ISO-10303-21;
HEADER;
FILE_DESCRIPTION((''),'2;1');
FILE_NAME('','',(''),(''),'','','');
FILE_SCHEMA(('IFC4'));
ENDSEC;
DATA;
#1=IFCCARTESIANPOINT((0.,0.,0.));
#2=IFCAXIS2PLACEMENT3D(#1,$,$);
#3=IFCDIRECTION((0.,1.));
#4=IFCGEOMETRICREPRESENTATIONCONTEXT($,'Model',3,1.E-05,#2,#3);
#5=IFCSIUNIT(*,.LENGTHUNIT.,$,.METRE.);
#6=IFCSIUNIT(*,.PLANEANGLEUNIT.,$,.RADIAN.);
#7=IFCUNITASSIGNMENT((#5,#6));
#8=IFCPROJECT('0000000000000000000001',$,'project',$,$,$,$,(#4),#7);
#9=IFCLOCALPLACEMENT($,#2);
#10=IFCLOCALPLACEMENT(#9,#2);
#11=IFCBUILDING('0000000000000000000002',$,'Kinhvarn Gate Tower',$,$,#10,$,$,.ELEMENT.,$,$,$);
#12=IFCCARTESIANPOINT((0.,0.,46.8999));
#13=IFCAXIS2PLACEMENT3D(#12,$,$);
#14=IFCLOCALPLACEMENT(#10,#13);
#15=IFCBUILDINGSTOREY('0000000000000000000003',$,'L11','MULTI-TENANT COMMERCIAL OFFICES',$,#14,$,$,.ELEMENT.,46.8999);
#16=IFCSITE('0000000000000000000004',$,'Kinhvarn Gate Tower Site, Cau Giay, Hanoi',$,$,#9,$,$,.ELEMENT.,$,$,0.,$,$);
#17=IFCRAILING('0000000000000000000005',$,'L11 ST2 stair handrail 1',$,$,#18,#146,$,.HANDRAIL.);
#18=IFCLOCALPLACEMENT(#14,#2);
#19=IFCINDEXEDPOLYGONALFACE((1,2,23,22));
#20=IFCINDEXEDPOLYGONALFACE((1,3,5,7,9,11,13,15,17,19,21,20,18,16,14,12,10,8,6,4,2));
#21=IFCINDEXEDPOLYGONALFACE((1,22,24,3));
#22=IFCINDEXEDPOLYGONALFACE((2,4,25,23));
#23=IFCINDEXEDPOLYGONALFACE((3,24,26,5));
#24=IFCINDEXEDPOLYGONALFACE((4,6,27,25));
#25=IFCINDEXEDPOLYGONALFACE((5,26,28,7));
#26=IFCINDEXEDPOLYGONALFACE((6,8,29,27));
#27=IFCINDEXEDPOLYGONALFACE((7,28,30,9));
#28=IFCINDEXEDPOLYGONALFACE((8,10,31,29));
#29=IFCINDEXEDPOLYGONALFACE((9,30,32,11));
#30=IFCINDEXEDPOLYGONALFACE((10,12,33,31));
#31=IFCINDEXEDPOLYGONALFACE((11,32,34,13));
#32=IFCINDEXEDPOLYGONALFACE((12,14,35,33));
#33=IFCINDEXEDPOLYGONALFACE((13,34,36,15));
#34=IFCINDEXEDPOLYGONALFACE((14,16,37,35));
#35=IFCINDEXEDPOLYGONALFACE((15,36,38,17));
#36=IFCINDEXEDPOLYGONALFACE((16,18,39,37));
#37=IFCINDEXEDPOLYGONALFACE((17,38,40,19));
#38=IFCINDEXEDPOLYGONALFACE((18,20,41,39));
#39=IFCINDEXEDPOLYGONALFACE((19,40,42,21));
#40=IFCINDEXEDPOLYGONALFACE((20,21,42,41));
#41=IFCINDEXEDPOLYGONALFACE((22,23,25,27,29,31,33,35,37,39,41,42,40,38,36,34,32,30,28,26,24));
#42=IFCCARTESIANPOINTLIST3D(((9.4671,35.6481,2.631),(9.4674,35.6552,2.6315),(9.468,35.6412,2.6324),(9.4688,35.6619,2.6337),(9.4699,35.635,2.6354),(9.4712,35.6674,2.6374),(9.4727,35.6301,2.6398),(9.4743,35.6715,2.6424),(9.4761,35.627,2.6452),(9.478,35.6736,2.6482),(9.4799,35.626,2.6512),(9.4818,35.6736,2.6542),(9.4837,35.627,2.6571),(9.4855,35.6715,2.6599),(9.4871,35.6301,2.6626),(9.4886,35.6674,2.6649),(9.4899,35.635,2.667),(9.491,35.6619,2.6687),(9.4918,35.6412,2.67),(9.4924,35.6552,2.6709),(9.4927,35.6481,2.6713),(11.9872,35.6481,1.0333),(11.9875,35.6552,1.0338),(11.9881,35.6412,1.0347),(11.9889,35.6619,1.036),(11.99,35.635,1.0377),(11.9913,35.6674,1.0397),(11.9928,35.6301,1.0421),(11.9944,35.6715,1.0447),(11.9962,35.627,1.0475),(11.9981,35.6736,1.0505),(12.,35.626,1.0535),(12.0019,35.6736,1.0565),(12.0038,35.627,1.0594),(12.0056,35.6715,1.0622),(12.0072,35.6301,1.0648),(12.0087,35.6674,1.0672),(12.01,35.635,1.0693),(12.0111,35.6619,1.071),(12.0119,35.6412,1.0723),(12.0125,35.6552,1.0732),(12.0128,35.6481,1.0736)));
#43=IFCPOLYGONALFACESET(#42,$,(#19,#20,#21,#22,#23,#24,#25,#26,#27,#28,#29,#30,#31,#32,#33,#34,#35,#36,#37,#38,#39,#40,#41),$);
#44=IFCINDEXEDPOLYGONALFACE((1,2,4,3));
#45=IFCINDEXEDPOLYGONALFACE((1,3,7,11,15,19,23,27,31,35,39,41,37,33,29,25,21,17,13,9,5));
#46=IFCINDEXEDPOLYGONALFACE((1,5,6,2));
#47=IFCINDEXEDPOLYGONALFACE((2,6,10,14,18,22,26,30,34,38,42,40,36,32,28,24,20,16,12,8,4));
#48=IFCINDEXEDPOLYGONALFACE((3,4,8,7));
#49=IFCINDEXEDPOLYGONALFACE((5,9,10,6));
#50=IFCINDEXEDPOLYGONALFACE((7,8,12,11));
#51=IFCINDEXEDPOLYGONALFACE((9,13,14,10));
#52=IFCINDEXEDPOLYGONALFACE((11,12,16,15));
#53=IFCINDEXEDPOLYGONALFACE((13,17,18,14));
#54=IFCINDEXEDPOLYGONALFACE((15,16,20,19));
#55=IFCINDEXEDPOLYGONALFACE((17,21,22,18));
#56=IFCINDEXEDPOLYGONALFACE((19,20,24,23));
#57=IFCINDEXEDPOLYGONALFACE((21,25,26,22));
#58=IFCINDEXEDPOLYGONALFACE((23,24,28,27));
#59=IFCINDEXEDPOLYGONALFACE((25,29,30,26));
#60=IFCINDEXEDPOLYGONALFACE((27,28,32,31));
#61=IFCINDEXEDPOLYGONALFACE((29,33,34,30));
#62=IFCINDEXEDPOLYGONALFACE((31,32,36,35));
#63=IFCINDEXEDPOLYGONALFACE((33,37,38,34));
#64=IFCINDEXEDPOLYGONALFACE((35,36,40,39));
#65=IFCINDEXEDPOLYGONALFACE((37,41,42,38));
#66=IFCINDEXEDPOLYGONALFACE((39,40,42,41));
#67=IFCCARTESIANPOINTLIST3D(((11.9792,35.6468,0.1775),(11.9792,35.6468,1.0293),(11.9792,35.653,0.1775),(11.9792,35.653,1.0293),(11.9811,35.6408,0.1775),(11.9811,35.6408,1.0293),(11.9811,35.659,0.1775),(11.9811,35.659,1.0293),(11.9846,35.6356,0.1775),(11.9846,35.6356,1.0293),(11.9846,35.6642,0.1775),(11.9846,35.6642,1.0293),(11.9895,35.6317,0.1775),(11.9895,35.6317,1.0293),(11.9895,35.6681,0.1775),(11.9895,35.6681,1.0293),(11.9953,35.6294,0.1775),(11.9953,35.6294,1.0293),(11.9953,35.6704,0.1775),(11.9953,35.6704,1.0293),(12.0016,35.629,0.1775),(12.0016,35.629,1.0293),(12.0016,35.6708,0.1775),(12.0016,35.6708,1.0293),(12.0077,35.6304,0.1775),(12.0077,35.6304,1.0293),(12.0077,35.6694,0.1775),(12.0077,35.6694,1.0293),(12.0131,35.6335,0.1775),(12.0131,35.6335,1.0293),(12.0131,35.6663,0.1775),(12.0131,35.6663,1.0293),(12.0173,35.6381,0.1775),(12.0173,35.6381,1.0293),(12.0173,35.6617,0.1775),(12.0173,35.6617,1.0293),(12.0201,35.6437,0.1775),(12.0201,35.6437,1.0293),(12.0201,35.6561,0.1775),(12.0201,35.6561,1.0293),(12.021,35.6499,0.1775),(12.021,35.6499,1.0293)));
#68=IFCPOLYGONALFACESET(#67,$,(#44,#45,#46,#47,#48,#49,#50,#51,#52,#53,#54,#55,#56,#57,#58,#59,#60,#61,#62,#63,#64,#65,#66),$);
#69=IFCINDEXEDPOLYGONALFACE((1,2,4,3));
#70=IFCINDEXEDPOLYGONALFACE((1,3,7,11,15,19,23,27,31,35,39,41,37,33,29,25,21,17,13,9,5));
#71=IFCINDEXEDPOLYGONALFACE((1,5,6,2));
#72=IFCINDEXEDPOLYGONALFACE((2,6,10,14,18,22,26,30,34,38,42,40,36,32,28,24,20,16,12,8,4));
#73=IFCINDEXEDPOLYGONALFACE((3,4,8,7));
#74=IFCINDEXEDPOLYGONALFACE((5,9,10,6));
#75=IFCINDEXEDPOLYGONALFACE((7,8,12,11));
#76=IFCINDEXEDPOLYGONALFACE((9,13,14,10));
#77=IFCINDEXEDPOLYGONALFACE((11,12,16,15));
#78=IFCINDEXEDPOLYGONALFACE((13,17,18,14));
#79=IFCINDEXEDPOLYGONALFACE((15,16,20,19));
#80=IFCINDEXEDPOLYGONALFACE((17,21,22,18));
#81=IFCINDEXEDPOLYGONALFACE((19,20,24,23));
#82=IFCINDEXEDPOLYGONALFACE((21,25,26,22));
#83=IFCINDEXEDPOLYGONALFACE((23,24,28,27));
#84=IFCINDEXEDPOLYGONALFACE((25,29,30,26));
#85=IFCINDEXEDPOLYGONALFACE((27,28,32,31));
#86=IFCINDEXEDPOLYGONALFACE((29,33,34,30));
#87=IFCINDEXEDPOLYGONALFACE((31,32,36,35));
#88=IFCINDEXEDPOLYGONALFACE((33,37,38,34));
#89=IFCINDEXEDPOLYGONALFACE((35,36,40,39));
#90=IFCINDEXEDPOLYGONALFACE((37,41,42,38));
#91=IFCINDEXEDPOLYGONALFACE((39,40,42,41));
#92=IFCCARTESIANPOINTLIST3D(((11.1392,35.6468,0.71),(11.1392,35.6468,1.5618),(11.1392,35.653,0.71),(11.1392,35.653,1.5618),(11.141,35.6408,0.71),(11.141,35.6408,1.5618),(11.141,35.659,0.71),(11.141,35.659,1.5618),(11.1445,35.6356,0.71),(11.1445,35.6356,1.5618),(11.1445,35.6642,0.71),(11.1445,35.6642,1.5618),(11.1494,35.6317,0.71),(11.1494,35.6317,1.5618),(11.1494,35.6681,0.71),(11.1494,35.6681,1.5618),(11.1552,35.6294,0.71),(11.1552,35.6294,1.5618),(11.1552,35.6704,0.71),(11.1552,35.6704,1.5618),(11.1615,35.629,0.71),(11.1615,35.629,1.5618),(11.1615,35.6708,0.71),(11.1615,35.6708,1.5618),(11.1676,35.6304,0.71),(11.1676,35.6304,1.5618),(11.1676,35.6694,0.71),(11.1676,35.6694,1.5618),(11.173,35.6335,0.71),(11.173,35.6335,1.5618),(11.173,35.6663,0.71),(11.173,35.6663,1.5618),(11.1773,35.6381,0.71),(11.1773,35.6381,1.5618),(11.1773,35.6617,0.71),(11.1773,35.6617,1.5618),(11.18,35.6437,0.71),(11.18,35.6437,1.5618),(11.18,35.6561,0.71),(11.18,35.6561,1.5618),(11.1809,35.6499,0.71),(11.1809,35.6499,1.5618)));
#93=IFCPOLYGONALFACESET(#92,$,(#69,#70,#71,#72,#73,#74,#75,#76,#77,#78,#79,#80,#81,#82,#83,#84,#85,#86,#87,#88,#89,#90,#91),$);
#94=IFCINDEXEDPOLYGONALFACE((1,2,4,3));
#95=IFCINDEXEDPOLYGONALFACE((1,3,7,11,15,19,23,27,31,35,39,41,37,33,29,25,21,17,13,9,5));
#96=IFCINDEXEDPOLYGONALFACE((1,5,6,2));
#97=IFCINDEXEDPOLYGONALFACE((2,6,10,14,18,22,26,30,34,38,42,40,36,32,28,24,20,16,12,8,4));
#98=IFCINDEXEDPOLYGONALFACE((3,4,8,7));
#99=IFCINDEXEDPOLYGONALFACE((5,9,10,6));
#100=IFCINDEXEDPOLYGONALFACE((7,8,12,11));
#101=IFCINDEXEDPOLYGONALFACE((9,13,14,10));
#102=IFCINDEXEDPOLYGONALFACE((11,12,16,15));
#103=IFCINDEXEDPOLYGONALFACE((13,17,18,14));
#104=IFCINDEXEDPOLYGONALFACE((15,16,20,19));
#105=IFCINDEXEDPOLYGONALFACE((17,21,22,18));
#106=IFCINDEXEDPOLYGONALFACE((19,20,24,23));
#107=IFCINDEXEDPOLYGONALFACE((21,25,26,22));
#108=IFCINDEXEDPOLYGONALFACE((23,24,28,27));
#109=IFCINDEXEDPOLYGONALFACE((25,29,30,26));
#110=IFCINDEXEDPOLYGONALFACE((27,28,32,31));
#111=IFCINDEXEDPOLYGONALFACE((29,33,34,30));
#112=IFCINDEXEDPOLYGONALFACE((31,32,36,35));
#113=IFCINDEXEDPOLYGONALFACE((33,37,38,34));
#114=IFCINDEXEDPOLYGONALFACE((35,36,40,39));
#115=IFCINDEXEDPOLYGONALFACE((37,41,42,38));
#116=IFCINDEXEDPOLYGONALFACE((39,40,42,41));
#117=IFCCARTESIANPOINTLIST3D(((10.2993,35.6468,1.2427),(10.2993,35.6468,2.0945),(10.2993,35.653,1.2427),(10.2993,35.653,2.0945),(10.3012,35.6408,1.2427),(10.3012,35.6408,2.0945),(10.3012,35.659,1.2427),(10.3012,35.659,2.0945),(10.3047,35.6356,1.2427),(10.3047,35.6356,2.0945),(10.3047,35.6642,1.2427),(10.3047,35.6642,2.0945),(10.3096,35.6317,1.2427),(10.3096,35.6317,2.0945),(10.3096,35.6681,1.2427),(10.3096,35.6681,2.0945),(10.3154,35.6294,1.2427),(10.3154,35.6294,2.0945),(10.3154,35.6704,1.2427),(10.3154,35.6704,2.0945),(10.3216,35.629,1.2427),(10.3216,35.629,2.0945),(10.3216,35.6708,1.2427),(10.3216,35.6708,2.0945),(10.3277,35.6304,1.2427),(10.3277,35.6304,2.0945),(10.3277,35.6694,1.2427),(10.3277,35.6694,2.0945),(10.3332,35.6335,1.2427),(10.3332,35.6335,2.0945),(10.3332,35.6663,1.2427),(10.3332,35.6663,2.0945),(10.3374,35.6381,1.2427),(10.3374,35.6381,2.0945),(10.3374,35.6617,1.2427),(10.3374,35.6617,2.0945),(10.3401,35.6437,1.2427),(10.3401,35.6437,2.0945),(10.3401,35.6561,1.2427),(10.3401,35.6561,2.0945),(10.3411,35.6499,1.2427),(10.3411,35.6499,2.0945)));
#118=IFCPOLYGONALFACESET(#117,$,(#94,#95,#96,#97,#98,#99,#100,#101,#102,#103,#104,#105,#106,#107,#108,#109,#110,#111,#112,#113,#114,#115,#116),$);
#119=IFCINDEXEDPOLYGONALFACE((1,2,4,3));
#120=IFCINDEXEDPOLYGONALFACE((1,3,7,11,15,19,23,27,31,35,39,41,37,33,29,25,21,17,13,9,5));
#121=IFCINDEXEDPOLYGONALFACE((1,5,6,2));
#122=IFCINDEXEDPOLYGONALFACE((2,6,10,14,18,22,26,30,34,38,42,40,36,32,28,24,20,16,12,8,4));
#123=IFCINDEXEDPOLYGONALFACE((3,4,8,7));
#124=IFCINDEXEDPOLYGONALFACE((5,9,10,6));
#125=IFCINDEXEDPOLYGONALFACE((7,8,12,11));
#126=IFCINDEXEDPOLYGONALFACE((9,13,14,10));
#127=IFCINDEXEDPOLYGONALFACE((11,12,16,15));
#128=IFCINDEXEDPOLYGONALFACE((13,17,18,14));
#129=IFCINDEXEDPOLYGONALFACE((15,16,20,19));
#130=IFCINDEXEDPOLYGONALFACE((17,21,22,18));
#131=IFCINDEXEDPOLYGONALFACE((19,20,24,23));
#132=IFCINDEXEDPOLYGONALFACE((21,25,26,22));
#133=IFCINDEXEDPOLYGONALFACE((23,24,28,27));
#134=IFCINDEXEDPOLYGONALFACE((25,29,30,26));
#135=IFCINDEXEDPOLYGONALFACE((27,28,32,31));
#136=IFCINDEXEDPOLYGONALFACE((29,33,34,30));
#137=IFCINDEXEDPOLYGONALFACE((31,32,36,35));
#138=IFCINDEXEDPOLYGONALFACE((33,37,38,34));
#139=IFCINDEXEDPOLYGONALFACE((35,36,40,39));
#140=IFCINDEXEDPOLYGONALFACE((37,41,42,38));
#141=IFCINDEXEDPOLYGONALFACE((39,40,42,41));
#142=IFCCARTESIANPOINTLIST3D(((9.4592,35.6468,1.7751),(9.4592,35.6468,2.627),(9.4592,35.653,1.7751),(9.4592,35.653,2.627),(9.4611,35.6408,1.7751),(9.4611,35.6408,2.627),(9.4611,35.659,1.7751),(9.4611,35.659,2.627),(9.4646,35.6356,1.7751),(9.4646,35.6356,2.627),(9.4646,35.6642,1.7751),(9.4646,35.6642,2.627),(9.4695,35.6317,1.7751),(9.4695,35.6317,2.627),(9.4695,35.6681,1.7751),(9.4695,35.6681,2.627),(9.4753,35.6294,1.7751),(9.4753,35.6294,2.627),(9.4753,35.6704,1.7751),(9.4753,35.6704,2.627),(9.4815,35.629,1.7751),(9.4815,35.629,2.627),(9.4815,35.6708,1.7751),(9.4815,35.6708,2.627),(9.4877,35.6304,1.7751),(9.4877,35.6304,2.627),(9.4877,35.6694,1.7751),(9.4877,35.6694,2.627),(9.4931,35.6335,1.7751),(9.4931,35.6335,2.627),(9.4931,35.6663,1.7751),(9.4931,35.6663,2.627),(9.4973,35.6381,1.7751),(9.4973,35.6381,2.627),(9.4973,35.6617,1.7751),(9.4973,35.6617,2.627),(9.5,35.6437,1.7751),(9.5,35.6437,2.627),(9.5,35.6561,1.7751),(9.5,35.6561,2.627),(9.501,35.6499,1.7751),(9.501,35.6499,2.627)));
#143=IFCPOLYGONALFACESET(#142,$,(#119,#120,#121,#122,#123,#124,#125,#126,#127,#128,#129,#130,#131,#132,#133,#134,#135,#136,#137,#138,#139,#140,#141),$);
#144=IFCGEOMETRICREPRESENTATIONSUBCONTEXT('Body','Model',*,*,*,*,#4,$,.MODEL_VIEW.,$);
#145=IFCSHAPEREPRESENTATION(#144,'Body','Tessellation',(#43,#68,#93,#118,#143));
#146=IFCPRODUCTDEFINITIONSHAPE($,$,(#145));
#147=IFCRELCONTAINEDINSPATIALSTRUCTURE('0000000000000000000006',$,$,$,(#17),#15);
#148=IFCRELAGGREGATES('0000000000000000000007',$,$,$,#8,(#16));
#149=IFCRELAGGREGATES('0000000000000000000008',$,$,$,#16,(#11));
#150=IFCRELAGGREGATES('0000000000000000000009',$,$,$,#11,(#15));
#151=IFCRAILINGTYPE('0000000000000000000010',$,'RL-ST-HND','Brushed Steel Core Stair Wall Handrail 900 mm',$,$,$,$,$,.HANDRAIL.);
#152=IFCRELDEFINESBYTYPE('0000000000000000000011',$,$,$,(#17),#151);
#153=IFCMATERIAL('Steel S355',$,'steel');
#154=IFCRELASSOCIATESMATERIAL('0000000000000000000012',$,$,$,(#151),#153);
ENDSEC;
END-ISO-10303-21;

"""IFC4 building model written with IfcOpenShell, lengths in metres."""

from ifc_helpers import new_model, si_unit, direction, frame, origin, origin_2d, place, context, subcontext, project, spatial, circle, extrude, material, type_object, element, save


model = new_model("IFC4")

# Units and contexts
model_context = context("Model", 3, precision=1e-05, world=origin(), true_north=direction((0.0, 1.0)))
body_context = subcontext(model_context, "Body", "Model", "MODEL_VIEW")
ifc_project = project(units=[si_unit("LENGTHUNIT", "METRE"), si_unit("PLANEANGLEUNIT", "RADIAN")], contexts=[model_context])

# Site, building, storey
site_placement = place(None, origin())
site = spatial("IfcSite", under=ifc_project, at=site_placement, Name="Kinhvarn Gate Tower Site, Cau Giay, Hanoi", CompositionType="ELEMENT", RefElevation=0.0)
building_placement = place(site_placement, origin())
building = spatial("IfcBuilding", under=site, at=building_placement, Name="Kinhvarn Gate Tower", CompositionType="ELEMENT")
storey_placement = place(building_placement, frame((0.0, 0.0, 46.8999)))
storey = spatial("IfcBuildingStorey", under=building, at=storey_placement, Name="L11", Description="MULTI-TENANT COMMERCIAL OFFICES", CompositionType="ELEMENT", Elevation=46.8999)

# Railing
ifc_material_1 = material(Name="Steel S355", Category="steel")
railing_type_1 = type_object("IfcRailingType", Name="RL-ST-HND", Description="Brushed Steel Core Stair Wall Handrail 900 mm", PredefinedType="HANDRAIL", material=ifc_material_1)
railing_1_placement = place(storey_placement, frame((12.0, 35.6499, 0.1775)))
element("IfcRailing", 1, at=railing_1_placement, inside=storey, type_object=railing_type_1, Name="L11 ST2 stair handrail 1", PredefinedType="HANDRAIL", context=body_context, shape_type="SweptSolid", body=[
    extrude(circle(Radius=0.0239, at=origin_2d()), frame((0.0, 0.0, 0.876), z_axis=(-0.84457, 0.0, 0.535445), x_axis=(0.0, -1.0, 0.0)), (0.0, 0.0, 1.0), 2.9839),
    extrude(circle(Radius=0.021, at=origin_2d()), origin(), (0.0, 0.0, 1.0), 0.8518),
    extrude(circle(Radius=0.021, at=origin_2d()), frame((-0.8401, 0.0, 0.5325)), (0.0, 0.0, 1.0), 0.8518),
    extrude(circle(Radius=0.021, at=origin_2d()), frame((-1.6799, 0.0, 1.0652)), (0.0, 0.0, 1.0), 0.8518),
    extrude(circle(Radius=0.021, at=origin_2d()), frame((-2.52, 0.0, 1.5977)), (0.0, 0.0, 1.0), 0.8518),
])

save(model, "model.ifc")
